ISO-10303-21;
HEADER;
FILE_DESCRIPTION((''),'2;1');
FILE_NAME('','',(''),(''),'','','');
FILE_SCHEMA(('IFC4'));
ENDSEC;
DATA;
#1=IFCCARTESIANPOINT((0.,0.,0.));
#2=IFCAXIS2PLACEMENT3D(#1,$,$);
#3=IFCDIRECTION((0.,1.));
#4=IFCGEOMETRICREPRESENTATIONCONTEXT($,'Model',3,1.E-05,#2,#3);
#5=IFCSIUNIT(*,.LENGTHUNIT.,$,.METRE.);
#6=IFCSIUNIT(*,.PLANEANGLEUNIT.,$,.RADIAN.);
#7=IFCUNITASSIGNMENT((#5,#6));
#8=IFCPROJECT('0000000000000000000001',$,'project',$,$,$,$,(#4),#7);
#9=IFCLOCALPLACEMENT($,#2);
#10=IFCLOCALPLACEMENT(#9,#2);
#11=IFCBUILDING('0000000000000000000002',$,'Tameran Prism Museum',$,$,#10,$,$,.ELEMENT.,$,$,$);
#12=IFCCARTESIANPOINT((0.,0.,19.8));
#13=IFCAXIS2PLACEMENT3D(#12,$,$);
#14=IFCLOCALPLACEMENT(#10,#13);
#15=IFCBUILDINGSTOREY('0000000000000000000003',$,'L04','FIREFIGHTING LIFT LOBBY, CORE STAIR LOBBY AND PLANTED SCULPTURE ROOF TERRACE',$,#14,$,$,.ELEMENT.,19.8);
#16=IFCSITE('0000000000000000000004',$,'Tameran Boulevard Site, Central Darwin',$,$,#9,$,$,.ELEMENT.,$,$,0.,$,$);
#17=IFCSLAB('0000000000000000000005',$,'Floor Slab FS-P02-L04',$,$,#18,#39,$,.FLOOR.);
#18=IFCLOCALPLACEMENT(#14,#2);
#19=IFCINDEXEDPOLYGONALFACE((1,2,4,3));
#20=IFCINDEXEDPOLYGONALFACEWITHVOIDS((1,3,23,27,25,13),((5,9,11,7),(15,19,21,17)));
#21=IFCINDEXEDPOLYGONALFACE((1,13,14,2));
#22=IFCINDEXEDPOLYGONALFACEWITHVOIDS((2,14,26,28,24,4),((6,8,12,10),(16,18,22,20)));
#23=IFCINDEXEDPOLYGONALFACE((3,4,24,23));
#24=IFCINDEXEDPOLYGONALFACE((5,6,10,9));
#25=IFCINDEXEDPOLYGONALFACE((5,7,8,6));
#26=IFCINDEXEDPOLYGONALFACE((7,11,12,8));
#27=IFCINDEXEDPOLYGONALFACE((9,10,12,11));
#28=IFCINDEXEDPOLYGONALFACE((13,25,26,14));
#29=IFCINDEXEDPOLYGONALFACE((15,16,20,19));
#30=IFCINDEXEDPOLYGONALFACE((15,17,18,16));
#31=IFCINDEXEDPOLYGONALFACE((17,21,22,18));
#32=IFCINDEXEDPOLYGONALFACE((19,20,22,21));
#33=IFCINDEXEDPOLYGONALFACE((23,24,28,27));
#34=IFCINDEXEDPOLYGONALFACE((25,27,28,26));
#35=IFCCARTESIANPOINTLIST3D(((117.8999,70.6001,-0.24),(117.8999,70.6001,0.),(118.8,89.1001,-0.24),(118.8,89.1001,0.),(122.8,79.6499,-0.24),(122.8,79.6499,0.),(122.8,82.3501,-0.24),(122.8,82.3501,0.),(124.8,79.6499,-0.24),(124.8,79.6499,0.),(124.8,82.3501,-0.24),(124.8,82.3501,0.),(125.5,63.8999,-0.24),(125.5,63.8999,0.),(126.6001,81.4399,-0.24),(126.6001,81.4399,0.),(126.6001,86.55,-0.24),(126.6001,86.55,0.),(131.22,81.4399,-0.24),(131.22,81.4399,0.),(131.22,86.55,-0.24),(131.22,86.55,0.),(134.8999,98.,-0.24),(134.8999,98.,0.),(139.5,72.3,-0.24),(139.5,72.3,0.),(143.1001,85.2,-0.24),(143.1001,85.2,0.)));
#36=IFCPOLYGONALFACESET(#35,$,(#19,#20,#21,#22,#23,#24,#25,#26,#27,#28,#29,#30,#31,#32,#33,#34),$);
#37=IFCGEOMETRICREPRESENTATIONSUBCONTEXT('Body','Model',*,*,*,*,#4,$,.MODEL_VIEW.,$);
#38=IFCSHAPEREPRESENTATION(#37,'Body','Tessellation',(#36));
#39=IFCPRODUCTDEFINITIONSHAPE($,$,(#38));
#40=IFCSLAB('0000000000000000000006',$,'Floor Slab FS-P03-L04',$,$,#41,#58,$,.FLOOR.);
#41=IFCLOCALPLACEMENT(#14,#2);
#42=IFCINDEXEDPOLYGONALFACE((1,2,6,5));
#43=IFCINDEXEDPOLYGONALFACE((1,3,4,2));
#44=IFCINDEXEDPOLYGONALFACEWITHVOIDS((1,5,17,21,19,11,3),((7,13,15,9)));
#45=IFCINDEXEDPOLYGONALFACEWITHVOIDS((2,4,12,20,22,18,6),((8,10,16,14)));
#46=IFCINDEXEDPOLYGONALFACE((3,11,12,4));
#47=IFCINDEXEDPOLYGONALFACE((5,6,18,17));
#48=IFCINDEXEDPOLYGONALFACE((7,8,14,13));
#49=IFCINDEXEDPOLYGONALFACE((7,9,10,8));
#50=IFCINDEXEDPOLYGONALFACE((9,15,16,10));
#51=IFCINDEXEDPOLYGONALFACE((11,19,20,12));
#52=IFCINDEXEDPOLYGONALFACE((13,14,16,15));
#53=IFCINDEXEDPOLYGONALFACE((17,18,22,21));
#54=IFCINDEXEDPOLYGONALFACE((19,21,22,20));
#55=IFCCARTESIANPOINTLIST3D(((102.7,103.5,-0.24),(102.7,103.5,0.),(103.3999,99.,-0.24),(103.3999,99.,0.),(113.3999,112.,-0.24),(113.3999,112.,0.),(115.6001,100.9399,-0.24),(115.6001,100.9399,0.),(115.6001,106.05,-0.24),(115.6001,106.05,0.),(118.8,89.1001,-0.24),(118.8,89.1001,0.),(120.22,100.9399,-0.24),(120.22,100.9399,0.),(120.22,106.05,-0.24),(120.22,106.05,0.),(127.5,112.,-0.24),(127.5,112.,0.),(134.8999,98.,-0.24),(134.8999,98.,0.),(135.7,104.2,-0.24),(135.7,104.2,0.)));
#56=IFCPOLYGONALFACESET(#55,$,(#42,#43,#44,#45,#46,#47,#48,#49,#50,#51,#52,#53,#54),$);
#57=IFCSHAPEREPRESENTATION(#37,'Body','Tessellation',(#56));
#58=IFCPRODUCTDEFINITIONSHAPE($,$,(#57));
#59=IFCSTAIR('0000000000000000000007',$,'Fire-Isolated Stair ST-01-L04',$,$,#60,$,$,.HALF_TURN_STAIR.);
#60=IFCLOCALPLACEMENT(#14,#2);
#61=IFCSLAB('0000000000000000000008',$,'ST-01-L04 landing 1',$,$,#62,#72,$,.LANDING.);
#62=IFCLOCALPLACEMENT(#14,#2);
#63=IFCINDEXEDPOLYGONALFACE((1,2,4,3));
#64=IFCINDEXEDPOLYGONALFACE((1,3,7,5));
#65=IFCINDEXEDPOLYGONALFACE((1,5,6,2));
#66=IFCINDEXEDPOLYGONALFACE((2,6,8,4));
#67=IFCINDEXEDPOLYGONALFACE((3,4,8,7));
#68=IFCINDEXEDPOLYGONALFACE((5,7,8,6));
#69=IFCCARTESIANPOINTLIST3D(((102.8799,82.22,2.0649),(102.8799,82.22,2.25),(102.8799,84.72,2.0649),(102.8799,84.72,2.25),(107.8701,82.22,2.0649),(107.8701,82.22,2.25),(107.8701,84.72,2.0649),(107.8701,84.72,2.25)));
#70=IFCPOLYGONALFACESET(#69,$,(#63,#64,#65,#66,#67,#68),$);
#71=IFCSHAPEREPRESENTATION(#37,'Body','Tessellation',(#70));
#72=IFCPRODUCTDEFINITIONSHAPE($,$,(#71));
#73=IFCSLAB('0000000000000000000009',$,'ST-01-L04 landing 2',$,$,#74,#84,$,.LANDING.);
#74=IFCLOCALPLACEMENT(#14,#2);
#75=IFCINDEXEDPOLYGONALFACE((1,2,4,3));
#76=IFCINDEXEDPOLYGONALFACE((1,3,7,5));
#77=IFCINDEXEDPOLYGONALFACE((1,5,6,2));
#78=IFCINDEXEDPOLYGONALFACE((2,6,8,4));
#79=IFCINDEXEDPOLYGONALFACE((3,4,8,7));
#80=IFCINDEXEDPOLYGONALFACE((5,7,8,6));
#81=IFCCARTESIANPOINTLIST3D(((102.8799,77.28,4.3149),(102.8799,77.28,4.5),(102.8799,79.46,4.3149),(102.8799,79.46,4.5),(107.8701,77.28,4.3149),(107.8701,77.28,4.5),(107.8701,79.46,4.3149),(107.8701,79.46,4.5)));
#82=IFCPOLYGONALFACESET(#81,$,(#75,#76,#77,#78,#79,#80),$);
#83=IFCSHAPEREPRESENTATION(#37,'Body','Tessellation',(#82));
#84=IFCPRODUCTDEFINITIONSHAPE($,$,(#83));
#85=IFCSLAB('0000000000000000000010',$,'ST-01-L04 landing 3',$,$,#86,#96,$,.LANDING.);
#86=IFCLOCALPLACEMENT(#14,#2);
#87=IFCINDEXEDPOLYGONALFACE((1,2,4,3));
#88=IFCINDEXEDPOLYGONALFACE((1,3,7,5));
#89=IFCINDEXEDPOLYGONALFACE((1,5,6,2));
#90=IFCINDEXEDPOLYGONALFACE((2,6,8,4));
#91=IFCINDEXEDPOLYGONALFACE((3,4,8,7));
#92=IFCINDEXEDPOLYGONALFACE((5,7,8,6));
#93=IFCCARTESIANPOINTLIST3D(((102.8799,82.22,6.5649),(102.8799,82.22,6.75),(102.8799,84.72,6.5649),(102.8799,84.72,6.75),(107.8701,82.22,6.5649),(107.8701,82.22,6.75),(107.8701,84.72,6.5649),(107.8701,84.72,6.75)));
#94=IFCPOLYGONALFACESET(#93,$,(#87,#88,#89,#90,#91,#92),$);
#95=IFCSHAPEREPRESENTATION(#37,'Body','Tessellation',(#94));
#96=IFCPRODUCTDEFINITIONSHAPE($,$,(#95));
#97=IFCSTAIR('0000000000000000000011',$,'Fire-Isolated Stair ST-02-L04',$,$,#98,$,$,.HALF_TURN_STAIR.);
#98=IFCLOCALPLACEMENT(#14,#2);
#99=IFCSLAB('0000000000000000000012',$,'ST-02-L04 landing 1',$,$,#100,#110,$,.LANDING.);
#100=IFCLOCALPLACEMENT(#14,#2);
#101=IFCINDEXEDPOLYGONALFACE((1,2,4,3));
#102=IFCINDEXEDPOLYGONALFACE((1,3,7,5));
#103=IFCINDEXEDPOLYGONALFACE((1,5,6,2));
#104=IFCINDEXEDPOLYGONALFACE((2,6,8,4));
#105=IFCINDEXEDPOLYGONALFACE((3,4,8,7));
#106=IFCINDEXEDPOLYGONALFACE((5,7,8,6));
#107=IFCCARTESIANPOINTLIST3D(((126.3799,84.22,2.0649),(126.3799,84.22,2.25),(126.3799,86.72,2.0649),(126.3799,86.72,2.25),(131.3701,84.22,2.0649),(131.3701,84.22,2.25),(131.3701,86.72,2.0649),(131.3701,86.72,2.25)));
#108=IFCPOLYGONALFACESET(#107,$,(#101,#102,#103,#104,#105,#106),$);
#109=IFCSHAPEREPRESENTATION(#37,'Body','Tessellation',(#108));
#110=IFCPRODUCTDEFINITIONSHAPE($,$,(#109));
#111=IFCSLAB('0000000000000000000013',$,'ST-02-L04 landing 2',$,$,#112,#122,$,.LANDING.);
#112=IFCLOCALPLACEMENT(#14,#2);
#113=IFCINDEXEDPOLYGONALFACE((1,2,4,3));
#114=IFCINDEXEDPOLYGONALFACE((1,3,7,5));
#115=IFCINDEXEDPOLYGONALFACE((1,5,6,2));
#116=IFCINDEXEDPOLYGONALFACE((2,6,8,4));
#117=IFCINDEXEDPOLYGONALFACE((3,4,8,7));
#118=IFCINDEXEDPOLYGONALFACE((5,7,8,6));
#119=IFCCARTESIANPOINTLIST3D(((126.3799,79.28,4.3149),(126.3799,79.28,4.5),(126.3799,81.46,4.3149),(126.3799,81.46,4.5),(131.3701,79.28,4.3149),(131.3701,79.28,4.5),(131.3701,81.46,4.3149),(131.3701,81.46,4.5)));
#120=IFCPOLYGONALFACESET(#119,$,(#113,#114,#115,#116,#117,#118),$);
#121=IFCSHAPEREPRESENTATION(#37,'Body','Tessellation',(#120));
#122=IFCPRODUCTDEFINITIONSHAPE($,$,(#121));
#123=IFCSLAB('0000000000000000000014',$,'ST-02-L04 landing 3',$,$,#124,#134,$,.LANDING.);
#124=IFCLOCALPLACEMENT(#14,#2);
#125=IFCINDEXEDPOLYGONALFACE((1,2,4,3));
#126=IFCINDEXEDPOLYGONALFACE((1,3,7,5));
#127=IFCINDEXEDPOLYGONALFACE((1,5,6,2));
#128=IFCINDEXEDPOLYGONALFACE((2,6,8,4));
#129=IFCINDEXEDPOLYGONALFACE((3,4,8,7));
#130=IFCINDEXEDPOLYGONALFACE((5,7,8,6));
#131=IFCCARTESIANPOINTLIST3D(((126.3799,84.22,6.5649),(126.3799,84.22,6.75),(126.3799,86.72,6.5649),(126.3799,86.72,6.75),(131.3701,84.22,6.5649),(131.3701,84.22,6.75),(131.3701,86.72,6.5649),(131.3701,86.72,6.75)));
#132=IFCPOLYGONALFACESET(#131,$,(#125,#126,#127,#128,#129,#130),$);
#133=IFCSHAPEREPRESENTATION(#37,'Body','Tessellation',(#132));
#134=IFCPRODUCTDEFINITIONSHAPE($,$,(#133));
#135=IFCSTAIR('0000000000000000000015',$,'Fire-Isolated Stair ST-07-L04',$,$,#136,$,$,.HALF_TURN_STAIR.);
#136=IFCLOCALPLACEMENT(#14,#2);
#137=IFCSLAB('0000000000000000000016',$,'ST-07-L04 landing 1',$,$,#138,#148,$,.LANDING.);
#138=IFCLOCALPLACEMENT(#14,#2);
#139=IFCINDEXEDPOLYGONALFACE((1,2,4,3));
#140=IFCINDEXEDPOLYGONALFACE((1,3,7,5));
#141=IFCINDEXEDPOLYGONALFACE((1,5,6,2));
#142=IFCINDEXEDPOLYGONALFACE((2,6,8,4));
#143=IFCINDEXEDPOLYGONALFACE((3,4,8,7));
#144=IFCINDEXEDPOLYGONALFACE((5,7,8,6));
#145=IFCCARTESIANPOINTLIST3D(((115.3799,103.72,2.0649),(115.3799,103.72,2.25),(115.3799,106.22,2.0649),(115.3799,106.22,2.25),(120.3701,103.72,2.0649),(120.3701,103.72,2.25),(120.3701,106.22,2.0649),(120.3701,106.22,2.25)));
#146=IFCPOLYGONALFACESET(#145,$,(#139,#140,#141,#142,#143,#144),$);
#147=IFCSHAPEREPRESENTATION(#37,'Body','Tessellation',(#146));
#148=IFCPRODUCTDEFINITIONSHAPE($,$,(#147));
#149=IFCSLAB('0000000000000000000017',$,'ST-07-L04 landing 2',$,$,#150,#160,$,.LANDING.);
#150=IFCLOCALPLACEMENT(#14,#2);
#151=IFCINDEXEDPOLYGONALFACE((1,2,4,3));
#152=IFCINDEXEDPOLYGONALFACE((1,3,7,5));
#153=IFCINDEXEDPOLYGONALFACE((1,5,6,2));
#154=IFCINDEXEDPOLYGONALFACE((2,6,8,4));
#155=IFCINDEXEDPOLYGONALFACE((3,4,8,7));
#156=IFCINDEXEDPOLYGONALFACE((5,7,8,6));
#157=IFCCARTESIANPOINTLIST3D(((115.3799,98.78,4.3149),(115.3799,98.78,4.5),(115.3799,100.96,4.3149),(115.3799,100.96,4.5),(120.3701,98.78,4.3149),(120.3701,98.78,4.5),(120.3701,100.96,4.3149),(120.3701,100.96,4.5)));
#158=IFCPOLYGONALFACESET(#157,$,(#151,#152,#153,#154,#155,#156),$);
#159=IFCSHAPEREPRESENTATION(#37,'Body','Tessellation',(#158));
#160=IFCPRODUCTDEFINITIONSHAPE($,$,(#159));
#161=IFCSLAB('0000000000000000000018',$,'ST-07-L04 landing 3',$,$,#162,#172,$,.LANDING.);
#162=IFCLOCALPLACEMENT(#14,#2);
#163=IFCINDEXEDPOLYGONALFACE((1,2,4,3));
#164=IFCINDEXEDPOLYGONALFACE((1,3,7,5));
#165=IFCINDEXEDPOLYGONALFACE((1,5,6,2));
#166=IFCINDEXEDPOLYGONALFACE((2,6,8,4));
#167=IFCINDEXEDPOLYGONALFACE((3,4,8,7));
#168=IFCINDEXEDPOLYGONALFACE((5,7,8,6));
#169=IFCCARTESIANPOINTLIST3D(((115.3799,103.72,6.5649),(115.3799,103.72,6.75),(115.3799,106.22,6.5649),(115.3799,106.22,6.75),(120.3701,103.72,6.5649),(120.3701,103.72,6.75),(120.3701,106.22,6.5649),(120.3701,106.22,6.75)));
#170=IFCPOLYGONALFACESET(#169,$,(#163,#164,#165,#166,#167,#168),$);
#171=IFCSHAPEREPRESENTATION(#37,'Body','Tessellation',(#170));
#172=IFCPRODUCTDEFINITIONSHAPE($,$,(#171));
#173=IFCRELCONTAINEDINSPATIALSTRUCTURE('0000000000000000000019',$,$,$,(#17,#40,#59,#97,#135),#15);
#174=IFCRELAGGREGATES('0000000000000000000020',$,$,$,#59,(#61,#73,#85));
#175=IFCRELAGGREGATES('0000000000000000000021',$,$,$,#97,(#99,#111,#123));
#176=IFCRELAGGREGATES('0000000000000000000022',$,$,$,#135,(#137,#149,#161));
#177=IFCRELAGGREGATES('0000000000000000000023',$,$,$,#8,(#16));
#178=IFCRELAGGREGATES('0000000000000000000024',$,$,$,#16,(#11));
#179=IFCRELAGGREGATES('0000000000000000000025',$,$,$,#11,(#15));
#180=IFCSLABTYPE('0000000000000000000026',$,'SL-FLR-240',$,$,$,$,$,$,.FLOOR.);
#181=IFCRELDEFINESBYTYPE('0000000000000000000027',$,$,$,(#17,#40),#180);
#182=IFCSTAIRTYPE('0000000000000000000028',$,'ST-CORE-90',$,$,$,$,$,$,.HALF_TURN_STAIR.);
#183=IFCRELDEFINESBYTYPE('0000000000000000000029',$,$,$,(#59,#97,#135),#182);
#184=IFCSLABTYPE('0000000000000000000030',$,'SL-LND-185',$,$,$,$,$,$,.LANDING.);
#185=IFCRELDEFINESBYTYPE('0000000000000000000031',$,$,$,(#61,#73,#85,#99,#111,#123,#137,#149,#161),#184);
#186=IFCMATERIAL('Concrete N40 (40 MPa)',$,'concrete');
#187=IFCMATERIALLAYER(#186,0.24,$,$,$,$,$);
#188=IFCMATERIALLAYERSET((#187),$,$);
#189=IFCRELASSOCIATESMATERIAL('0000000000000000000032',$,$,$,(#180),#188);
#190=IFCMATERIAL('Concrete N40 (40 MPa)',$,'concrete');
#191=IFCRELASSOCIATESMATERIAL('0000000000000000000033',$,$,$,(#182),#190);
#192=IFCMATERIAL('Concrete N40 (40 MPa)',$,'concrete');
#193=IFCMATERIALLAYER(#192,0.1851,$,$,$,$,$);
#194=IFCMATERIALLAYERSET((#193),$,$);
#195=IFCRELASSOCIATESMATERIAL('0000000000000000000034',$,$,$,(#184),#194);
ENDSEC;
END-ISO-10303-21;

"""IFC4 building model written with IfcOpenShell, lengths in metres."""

from ifc_helpers import new_model, si_unit, direction, frame, origin, place, context, subcontext, project, spatial, polyline, outline, extrude, material, layer, layer_set, type_object, element, aggregate, save


model = new_model("IFC4")

# Units and contexts
model_context = context("Model", 3, precision=1e-05, world=origin(), true_north=direction((0.0, 1.0)))
body_context = subcontext(model_context, "Body", "Model", "MODEL_VIEW")
ifc_project = project(units=[si_unit("LENGTHUNIT", "METRE"), si_unit("PLANEANGLEUNIT", "RADIAN")], contexts=[model_context])

# Site, building, storey
site_placement = place(None, origin())
site = spatial("IfcSite", under=ifc_project, at=site_placement, Name="Tameran Boulevard Site, Central Darwin", CompositionType="ELEMENT", RefElevation=0.0)
building_placement = place(site_placement, origin())
building = spatial("IfcBuilding", under=site, at=building_placement, Name="Tameran Prism Museum", CompositionType="ELEMENT")
storey_placement = place(building_placement, frame((0.0, 0.0, 19.8)))
storey = spatial("IfcBuildingStorey", under=building, at=storey_placement, Name="L04", Description="FIREFIGHTING LIFT LOBBY, CORE STAIR LOBBY AND PLANTED SCULPTURE ROOF TERRACE", CompositionType="ELEMENT", Elevation=19.8)

# Slabs
ifc_material_1 = material(Name="Concrete N40 (40 MPa)", Category="concrete")
ifc_layer_1 = layer(ifc_material_1, 0.24)
ifc_layer_set_1 = layer_set([ifc_layer_1])
slab_type_1 = type_object("IfcSlabType", Name="SL-FLR-240", PredefinedType="FLOOR", material=ifc_layer_set_1)
slab_1_placement = place(storey_placement, frame((0.0, 0.0, -0.24)))
element("IfcSlab", 1, at=slab_1_placement, inside=storey, type_object=slab_type_1, Name="Floor Slab FS-P02-L04", PredefinedType="FLOOR", context=body_context, shape_type="SweptSolid", body=[
    extrude(outline(polyline([(118.8, 89.1001), (134.8999, 98.0), (143.1001, 85.2), (139.5, 72.3), (125.5, 63.8999), (117.8999, 70.6001), (118.8, 89.1001)]), holes=[polyline([(124.8, 79.6499), (124.8, 82.3501), (122.8, 82.3501), (122.8, 79.6499), (124.8, 79.6499)]), polyline([(131.22, 81.4399), (131.22, 86.55), (126.6001, 86.55), (126.6001, 81.4399), (131.22, 81.4399)])]), origin(), (0.0, 0.0, 1.0), 0.24),
])
slab_2_placement = place(storey_placement, frame((0.0, 0.0, -0.24)))
element("IfcSlab", 2, at=slab_2_placement, inside=storey, type_object=slab_type_1, Name="Floor Slab FS-P03-L04", PredefinedType="FLOOR", context=body_context, shape_type="SweptSolid", body=[
    extrude(outline(polyline([(102.7, 103.5), (113.3999, 112.0), (127.5, 112.0), (135.7, 104.2), (134.8999, 98.0), (118.8, 89.1001), (103.3999, 99.0), (102.7, 103.5)]), holes=[polyline([(120.22, 106.05), (115.6001, 106.05), (115.6001, 100.9399), (120.22, 100.9399), (120.22, 106.05)])]), origin(), (0.0, 0.0, 1.0), 0.24),
])

# Stairs, slabs
ifc_material_2 = material(Name="Concrete N40 (40 MPa)", Category="concrete")
stair_type = type_object("IfcStairType", Name="ST-CORE-90", PredefinedType="HALF_TURN_STAIR", material=ifc_material_2)
stair_1_placement = place(storey_placement, origin())
stair_1 = element("IfcStair", 3, at=stair_1_placement, inside=storey, type_object=stair_type, Name="Fire-Isolated Stair ST-01-L04", PredefinedType="HALF_TURN_STAIR")
ifc_material_3 = material(Name="Concrete N40 (40 MPa)", Category="concrete")
ifc_layer_2 = layer(ifc_material_3, 0.1851)
ifc_layer_set_2 = layer_set([ifc_layer_2])
slab_type_2 = type_object("IfcSlabType", Name="SL-LND-185", PredefinedType="LANDING", material=ifc_layer_set_2)
slab_3_placement = place(storey_placement, frame((0.0, 0.0, 2.0649)))
slab_3 = element("IfcSlab", 4, at=slab_3_placement, type_object=slab_type_2, Name="ST-01-L04 landing 1", PredefinedType="LANDING", context=body_context, shape_type="SweptSolid", body=[
    extrude(outline(polyline([(102.8799, 82.22), (107.8701, 82.22), (107.8701, 84.72), (102.8799, 84.72), (102.8799, 82.22)])), origin(), (0.0, 0.0, 1.0), 0.1851),
])
slab_4_placement = place(storey_placement, frame((0.0, 0.0, 4.3149)))
slab_4 = element("IfcSlab", 5, at=slab_4_placement, type_object=slab_type_2, Name="ST-01-L04 landing 2", PredefinedType="LANDING", context=body_context, shape_type="SweptSolid", body=[
    extrude(outline(polyline([(102.8799, 77.28), (107.8701, 77.28), (107.8701, 79.46), (102.8799, 79.46), (102.8799, 77.28)])), origin(), (0.0, 0.0, 1.0), 0.1851),
])
slab_5_placement = place(storey_placement, frame((0.0, 0.0, 6.5649)))
slab_5 = element("IfcSlab", 6, at=slab_5_placement, type_object=slab_type_2, Name="ST-01-L04 landing 3", PredefinedType="LANDING", context=body_context, shape_type="SweptSolid", body=[
    extrude(outline(polyline([(102.8799, 82.22), (107.8701, 82.22), (107.8701, 84.72), (102.8799, 84.72), (102.8799, 82.22)])), origin(), (0.0, 0.0, 1.0), 0.1851),
])
aggregate(stair_1, [slab_3, slab_4, slab_5])
stair_2_placement = place(storey_placement, origin())
stair_2 = element("IfcStair", 7, at=stair_2_placement, inside=storey, type_object=stair_type, Name="Fire-Isolated Stair ST-02-L04", PredefinedType="HALF_TURN_STAIR")
slab_6_placement = place(storey_placement, frame((0.0, 0.0, 2.0649)))
slab_6 = element("IfcSlab", 8, at=slab_6_placement, type_object=slab_type_2, Name="ST-02-L04 landing 1", PredefinedType="LANDING", context=body_context, shape_type="SweptSolid", body=[
    extrude(outline(polyline([(126.3799, 84.22), (131.3701, 84.22), (131.3701, 86.72), (126.3799, 86.72), (126.3799, 84.22)])), origin(), (0.0, 0.0, 1.0), 0.1851),
])
slab_7_placement = place(storey_placement, frame((0.0, 0.0, 4.3149)))
slab_7 = element("IfcSlab", 9, at=slab_7_placement, type_object=slab_type_2, Name="ST-02-L04 landing 2", PredefinedType="LANDING", context=body_context, shape_type="SweptSolid", body=[
    extrude(outline(polyline([(126.3799, 79.28), (131.3701, 79.28), (131.3701, 81.46), (126.3799, 81.46), (126.3799, 79.28)])), origin(), (0.0, 0.0, 1.0), 0.1851),
])
slab_8_placement = place(storey_placement, frame((0.0, 0.0, 6.5649)))
slab_8 = element("IfcSlab", 10, at=slab_8_placement, type_object=slab_type_2, Name="ST-02-L04 landing 3", PredefinedType="LANDING", context=body_context, shape_type="SweptSolid", body=[
    extrude(outline(polyline([(126.3799, 84.22), (131.3701, 84.22), (131.3701, 86.72), (126.3799, 86.72), (126.3799, 84.22)])), origin(), (0.0, 0.0, 1.0), 0.1851),
])
aggregate(stair_2, [slab_6, slab_7, slab_8])
stair_3_placement = place(storey_placement, origin())
stair_3 = element("IfcStair", 11, at=stair_3_placement, inside=storey, type_object=stair_type, Name="Fire-Isolated Stair ST-07-L04", PredefinedType="HALF_TURN_STAIR")
slab_9_placement = place(storey_placement, frame((0.0, 0.0, 2.0649)))
slab_9 = element("IfcSlab", 12, at=slab_9_placement, type_object=slab_type_2, Name="ST-07-L04 landing 1", PredefinedType="LANDING", context=body_context, shape_type="SweptSolid", body=[
    extrude(outline(polyline([(115.3799, 103.72), (120.3701, 103.72), (120.3701, 106.22), (115.3799, 106.22), (115.3799, 103.72)])), origin(), (0.0, 0.0, 1.0), 0.1851),
])
slab_10_placement = place(storey_placement, frame((0.0, 0.0, 4.3149)))
slab_10 = element("IfcSlab", 13, at=slab_10_placement, type_object=slab_type_2, Name="ST-07-L04 landing 2", PredefinedType="LANDING", context=body_context, shape_type="SweptSolid", body=[
    extrude(outline(polyline([(115.3799, 98.78), (120.3701, 98.78), (120.3701, 100.96), (115.3799, 100.96), (115.3799, 98.78)])), origin(), (0.0, 0.0, 1.0), 0.1851),
])
slab_11_placement = place(storey_placement, frame((0.0, 0.0, 6.5649)))
slab_11 = element("IfcSlab", 14, at=slab_11_placement, type_object=slab_type_2, Name="ST-07-L04 landing 3", PredefinedType="LANDING", context=body_context, shape_type="SweptSolid", body=[
    extrude(outline(polyline([(115.3799, 103.72), (120.3701, 103.72), (120.3701, 106.22), (115.3799, 106.22), (115.3799, 103.72)])), origin(), (0.0, 0.0, 1.0), 0.1851),
])
aggregate(stair_3, [slab_9, slab_10, slab_11])

save(model, "model.ifc")
